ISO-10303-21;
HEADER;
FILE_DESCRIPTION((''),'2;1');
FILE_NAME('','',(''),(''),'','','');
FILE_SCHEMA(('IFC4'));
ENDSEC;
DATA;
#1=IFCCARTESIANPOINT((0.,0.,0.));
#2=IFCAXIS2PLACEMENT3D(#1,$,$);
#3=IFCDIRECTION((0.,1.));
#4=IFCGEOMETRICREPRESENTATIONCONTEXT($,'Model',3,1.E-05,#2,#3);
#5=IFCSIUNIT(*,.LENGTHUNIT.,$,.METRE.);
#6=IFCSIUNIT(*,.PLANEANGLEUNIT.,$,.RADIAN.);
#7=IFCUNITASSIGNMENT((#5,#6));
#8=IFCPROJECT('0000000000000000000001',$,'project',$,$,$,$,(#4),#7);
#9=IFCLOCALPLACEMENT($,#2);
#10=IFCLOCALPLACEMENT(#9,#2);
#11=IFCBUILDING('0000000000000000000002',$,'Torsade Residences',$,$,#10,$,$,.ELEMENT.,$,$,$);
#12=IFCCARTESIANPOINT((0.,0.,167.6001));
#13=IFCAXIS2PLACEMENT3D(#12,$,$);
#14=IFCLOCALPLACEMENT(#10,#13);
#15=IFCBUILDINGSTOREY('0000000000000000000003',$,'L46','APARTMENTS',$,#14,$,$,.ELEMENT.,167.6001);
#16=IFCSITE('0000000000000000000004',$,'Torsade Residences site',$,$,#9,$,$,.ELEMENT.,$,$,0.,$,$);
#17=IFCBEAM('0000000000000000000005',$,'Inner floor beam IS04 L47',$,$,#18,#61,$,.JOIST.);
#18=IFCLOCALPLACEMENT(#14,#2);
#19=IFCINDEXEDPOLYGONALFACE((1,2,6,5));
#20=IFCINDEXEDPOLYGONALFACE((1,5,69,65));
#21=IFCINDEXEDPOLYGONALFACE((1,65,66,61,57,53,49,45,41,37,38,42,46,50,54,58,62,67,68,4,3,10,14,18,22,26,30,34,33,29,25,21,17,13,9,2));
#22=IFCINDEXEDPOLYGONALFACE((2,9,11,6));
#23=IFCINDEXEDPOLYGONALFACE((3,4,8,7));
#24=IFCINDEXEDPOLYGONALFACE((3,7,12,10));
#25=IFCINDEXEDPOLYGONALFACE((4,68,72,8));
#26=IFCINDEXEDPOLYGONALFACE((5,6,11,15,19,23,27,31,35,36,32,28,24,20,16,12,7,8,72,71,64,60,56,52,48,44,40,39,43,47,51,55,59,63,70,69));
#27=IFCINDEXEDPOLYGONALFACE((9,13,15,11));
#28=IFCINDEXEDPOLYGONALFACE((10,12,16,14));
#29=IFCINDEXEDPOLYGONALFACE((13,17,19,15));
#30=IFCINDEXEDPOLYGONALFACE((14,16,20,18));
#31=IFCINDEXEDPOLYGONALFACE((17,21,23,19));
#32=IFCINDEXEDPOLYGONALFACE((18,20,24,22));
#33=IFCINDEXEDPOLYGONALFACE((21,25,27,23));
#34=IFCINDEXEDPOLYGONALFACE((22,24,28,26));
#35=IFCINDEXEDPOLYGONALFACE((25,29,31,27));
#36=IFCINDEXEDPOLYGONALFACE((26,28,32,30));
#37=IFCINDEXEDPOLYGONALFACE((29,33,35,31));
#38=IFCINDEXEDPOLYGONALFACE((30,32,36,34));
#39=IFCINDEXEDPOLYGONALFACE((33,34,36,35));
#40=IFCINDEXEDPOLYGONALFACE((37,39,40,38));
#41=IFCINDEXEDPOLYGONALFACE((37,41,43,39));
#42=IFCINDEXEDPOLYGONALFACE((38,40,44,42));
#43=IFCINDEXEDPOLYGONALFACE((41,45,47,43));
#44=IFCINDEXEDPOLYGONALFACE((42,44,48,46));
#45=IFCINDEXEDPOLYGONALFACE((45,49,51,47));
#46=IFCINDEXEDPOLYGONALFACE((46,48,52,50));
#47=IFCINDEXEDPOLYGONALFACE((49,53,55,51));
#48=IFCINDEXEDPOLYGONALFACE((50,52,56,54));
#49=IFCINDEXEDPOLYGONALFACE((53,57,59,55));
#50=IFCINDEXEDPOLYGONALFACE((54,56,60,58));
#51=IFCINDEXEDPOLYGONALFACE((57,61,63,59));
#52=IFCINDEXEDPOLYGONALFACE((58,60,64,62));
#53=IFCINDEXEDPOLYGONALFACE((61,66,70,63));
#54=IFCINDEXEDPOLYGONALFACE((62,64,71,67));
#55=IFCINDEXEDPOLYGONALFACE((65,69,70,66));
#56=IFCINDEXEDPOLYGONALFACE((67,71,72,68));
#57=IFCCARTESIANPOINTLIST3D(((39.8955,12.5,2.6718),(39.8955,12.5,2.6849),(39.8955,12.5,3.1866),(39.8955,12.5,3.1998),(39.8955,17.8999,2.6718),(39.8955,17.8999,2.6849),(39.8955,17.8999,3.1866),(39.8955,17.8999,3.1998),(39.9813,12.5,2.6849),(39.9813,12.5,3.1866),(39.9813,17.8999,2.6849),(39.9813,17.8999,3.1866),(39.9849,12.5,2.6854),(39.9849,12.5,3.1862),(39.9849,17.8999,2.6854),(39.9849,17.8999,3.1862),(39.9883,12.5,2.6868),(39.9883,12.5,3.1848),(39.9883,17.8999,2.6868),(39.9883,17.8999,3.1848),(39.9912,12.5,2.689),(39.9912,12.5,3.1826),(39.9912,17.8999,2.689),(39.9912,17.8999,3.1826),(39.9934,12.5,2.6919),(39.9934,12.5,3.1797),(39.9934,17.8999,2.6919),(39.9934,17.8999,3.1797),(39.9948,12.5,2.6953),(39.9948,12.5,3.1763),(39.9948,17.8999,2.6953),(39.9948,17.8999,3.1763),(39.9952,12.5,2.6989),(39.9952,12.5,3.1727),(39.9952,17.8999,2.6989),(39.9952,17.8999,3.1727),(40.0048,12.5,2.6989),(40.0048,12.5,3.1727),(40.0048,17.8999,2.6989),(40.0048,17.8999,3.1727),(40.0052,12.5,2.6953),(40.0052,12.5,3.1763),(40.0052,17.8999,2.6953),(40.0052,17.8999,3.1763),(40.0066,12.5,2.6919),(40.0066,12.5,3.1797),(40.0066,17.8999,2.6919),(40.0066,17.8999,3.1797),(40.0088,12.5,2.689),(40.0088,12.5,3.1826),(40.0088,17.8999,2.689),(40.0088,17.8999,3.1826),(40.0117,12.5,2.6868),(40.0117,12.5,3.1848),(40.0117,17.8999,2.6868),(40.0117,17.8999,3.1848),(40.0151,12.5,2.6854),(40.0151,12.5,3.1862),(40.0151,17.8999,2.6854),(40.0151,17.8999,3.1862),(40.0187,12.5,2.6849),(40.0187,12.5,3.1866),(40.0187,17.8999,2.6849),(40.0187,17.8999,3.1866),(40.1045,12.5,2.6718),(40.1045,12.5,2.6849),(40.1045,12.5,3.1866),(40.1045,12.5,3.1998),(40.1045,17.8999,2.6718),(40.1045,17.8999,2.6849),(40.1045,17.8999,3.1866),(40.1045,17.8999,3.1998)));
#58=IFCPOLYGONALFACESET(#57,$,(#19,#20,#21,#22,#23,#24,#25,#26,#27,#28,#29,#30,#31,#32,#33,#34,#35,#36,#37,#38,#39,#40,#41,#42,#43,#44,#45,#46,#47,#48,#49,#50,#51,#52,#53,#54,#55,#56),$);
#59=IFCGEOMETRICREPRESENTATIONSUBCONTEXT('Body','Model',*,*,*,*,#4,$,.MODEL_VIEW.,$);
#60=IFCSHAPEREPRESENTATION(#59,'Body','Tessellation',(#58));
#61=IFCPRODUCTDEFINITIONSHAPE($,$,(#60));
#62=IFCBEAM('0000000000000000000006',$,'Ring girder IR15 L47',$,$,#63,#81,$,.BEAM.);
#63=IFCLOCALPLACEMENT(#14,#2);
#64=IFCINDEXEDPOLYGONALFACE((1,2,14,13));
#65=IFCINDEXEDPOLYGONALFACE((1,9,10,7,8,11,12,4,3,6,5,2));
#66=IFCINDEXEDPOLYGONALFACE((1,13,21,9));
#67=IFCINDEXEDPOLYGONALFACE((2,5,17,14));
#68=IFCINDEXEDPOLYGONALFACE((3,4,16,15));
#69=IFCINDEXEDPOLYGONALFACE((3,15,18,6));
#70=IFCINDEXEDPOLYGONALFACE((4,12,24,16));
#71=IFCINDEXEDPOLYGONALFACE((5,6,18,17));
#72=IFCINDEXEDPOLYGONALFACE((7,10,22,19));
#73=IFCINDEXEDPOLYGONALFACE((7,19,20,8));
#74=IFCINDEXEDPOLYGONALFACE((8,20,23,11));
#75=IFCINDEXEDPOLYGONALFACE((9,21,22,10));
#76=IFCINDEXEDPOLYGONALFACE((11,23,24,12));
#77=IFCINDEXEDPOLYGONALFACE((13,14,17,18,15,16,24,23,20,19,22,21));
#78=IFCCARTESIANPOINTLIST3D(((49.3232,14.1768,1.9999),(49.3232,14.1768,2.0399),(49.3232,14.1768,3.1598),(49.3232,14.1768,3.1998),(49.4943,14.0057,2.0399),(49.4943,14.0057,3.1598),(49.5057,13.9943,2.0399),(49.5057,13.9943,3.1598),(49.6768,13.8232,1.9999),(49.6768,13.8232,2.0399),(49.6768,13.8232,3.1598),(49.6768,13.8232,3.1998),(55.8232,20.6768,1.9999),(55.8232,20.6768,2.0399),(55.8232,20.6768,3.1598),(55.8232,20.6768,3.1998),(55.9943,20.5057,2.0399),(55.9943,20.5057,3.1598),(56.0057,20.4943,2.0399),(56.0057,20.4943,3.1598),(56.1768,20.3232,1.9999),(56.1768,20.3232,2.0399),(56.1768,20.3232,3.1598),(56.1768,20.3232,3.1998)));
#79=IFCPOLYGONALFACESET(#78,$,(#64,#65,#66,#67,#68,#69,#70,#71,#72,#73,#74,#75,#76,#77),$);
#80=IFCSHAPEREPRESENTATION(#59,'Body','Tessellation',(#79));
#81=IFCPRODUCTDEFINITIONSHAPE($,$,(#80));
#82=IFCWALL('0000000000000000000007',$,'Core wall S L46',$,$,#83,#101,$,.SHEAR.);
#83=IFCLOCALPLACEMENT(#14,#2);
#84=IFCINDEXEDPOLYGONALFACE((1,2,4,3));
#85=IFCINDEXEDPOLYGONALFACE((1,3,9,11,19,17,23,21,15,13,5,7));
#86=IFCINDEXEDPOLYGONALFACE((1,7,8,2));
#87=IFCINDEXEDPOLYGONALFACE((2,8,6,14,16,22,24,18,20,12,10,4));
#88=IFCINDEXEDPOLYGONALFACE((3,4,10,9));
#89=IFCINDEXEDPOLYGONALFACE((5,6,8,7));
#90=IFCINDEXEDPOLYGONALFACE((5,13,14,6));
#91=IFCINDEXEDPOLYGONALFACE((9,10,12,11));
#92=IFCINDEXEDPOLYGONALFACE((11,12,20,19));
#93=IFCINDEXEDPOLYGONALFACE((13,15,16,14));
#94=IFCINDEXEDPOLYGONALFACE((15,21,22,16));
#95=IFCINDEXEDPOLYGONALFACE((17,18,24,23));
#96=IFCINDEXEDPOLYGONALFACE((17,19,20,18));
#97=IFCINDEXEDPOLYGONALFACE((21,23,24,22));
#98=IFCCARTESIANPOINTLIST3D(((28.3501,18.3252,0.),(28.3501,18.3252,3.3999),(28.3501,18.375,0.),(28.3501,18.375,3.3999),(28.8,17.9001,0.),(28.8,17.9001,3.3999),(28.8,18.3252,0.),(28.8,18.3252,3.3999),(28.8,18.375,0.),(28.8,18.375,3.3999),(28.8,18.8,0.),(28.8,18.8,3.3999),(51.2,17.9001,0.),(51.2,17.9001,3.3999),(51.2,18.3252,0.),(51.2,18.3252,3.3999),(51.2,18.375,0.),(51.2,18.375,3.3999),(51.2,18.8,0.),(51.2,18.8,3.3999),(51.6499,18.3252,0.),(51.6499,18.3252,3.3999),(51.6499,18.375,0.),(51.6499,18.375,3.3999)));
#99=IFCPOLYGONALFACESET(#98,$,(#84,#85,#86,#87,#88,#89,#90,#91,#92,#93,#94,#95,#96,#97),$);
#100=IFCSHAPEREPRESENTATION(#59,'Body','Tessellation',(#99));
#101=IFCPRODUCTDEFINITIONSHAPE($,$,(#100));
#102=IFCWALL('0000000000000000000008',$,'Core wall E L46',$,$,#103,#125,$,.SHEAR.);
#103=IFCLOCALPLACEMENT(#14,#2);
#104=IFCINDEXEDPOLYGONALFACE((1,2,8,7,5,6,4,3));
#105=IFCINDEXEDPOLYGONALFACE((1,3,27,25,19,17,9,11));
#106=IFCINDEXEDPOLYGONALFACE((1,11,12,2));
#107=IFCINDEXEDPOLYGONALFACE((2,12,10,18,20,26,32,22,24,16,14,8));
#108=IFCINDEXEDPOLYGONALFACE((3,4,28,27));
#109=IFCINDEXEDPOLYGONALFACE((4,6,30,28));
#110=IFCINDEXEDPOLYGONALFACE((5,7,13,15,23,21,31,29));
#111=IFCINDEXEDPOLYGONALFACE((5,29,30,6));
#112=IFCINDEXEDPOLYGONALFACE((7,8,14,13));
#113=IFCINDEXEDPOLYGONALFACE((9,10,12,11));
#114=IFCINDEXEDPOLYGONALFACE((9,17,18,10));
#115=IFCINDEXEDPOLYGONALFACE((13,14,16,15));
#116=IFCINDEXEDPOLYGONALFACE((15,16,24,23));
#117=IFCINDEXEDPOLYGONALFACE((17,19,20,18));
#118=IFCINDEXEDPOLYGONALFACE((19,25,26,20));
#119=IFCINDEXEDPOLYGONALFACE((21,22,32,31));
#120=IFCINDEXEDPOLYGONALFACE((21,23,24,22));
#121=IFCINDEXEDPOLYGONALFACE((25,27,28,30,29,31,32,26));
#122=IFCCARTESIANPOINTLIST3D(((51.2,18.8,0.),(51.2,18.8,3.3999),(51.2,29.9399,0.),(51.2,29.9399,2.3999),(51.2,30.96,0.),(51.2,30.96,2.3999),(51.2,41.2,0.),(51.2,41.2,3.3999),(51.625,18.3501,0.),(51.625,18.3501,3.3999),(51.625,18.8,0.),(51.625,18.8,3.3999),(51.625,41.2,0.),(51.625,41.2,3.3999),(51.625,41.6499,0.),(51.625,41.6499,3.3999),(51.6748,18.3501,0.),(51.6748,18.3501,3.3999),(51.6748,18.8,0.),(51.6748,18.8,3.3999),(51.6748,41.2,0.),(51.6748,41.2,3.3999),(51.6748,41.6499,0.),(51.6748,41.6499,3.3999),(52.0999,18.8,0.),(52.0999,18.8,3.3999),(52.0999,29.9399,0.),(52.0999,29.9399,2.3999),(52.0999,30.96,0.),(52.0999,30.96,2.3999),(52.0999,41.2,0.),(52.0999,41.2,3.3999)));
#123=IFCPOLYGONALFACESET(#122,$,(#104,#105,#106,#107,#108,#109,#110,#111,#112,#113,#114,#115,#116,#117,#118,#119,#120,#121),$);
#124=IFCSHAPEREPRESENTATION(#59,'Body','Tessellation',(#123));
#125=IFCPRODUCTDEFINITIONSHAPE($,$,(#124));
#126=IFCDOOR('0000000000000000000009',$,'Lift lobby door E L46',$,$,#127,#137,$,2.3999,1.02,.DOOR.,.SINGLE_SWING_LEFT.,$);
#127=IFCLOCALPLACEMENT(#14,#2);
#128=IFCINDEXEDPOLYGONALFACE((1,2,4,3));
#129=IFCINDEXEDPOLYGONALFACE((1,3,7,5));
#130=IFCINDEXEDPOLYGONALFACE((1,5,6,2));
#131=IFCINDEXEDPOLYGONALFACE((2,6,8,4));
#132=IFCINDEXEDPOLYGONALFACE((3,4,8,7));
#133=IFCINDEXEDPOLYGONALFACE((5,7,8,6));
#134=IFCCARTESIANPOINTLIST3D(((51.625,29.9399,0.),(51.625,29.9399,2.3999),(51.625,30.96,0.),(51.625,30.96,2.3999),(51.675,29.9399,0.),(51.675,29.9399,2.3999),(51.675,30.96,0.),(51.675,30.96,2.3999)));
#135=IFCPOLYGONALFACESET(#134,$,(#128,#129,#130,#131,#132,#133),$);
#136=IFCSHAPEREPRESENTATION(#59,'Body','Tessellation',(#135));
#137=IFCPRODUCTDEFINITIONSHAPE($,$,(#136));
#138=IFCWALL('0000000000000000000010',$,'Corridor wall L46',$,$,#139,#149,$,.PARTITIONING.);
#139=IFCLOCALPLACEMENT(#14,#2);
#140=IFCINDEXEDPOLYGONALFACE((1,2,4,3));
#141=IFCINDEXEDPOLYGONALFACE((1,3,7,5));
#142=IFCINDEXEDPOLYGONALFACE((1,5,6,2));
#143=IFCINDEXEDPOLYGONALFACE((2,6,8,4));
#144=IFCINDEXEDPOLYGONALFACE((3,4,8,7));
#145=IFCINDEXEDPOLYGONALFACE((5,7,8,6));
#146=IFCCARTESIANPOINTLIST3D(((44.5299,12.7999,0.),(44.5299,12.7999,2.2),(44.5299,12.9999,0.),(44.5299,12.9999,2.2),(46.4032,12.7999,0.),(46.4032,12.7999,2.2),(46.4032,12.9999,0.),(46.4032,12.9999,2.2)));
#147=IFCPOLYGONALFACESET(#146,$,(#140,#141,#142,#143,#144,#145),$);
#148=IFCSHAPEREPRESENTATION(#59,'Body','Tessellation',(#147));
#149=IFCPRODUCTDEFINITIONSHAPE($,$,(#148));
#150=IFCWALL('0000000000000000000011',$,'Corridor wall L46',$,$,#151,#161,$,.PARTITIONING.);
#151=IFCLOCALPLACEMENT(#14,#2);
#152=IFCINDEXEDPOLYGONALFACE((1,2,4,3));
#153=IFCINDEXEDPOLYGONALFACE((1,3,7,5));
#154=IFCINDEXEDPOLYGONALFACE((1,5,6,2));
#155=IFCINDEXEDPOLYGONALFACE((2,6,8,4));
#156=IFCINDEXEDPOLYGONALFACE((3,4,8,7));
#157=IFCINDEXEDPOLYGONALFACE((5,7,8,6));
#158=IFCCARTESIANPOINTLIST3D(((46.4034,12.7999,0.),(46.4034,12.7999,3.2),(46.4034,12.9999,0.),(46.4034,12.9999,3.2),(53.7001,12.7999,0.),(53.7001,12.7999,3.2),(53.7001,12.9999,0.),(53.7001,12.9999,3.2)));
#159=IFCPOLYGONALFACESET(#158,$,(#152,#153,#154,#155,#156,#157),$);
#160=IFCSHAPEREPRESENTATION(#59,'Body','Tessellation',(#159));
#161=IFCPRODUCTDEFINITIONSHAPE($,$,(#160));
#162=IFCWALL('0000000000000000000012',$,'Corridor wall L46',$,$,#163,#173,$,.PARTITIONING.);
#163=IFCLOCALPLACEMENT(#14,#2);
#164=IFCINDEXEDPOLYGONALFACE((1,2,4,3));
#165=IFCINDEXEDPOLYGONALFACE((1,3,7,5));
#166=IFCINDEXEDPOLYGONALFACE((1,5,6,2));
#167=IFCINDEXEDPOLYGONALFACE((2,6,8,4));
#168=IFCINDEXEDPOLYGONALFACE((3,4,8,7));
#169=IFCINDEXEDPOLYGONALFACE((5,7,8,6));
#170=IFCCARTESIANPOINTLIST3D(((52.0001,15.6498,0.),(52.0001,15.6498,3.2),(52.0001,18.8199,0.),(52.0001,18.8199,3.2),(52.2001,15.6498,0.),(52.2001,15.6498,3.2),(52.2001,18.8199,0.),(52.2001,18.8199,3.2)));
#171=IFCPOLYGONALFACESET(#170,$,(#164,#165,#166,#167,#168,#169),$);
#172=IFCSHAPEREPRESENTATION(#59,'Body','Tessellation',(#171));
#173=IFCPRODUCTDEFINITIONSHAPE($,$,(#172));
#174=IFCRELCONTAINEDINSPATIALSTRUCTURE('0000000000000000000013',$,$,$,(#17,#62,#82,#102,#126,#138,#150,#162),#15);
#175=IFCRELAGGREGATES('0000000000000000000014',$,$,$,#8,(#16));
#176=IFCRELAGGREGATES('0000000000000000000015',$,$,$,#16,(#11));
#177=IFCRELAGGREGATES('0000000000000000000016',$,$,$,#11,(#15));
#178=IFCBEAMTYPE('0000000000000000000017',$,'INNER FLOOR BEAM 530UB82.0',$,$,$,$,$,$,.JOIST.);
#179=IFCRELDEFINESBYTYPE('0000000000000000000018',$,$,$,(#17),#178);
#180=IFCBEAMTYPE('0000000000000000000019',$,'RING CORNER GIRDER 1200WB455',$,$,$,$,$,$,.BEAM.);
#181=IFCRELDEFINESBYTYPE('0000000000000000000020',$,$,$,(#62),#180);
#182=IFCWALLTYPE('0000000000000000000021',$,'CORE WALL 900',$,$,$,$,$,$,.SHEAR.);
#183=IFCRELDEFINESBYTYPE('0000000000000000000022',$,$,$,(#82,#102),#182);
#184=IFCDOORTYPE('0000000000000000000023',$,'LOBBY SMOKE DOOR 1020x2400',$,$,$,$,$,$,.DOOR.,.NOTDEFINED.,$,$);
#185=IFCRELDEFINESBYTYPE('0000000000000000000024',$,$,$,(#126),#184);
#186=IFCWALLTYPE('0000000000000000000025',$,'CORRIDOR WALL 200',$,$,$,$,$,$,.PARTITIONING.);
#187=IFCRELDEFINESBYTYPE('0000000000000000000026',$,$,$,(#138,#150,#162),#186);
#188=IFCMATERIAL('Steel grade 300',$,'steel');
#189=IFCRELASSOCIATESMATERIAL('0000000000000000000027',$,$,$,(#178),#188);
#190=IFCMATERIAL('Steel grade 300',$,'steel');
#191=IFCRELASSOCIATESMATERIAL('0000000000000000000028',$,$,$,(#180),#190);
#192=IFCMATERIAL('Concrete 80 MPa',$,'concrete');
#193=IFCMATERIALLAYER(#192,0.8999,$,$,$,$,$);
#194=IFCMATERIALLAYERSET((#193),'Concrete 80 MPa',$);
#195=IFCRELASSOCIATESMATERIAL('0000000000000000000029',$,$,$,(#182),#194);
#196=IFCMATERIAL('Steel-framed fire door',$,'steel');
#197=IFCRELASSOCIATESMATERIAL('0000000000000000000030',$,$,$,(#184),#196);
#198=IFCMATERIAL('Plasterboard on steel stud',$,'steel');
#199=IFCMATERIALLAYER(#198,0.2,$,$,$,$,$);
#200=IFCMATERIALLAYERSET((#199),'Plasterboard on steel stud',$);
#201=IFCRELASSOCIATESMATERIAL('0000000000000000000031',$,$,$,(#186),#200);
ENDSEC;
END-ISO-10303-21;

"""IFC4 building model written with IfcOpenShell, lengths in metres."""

from ifc_helpers import new_model, si_unit, direction, frame, frame_2d, origin, origin_2d, place, context, subcontext, project, spatial, polyline, rectangle, i_section, outline, extrude, material, layer, layer_set, material_profile, profile_set, type_object, element, fill, save


model = new_model("IFC4")

# Units and contexts
model_context = context("Model", 3, precision=1e-05, world=origin(), true_north=direction((0.0, 1.0)))
body_context = subcontext(model_context, "Body", "Model", "MODEL_VIEW")
ifc_project = project(units=[si_unit("LENGTHUNIT", "METRE"), si_unit("PLANEANGLEUNIT", "RADIAN")], contexts=[model_context])

# Site, building, storey
site_placement = place(None, origin())
site = spatial("IfcSite", under=ifc_project, at=site_placement, Name="Torsade Residences site", CompositionType="ELEMENT", RefElevation=0.0)
building_placement = place(site_placement, origin())
building = spatial("IfcBuilding", under=site, at=building_placement, Name="Torsade Residences", CompositionType="ELEMENT")
storey_placement = place(building_placement, frame((0.0, 0.0, 167.6001)))
storey = spatial("IfcBuildingStorey", under=building, at=storey_placement, Name="L46", Description="APARTMENTS", CompositionType="ELEMENT", Elevation=167.6001)

# Beams
ifc_material_1 = material(Name="Steel grade 300", Category="steel")
ifc_material_profile_1 = material_profile(ifc_material_1, i_section(OverallWidth=0.209, OverallDepth=0.5281, WebThickness=0.0095, FlangeThickness=0.0132, FilletRadius=0.0139, at=origin_2d()), Name="530UB82.0")
ifc_profile_set_1 = profile_set([ifc_material_profile_1], Name="Steel grade 300")
beam_type_1 = type_object("IfcBeamType", Name="INNER FLOOR BEAM 530UB82.0", PredefinedType="JOIST", material=ifc_profile_set_1)
for number, where, z_axis, x_axis, name in (
    (1, (40.0, 17.8999, 2.9358), (0.0, -1.0, 0.0), (1.0, 0.0, 0.0), "Inner floor beam IS04 L47"),
):
    element("IfcBeam", number, at=place(storey_placement, frame(where, z_axis=z_axis, x_axis=x_axis)), inside=storey, type_object=beam_type_1, Name=name, PredefinedType="JOIST", context=body_context, shape_type="SweptSolid", body=[
        extrude(i_section(OverallWidth=0.209, OverallDepth=0.5281, WebThickness=0.0095, FlangeThickness=0.0132, FilletRadius=0.0139, at=origin_2d()), origin(), (0.0, 0.0, 1.0), 5.3999),
    ])
ifc_material_2 = material(Name="Steel grade 300", Category="steel")
ifc_material_profile_2 = material_profile(ifc_material_2, i_section(OverallWidth=0.5, OverallDepth=1.2, WebThickness=0.0161, FlangeThickness=0.04, at=origin_2d()), Name="1200WB455")
ifc_profile_set_2 = profile_set([ifc_material_profile_2], Name="Steel grade 300")
beam_type_2 = type_object("IfcBeamType", Name="RING CORNER GIRDER 1200WB455", PredefinedType="BEAM", material=ifc_profile_set_2)
beam_1_placement = place(storey_placement, frame((49.5, 14.0, 2.5999), z_axis=(0.707107, 0.707107, 0.0), x_axis=(-0.707107, 0.707107, 0.0)))
element("IfcBeam", 2, at=beam_1_placement, inside=storey, type_object=beam_type_2, Name="Ring girder IR15 L47", PredefinedType="BEAM", context=body_context, shape_type="SweptSolid", body=[
    extrude(i_section(OverallWidth=0.5, OverallDepth=1.2, WebThickness=0.0161, FlangeThickness=0.04, at=origin_2d()), origin(), (0.0, 0.0, 1.0), 9.1924),
])

# Wall
ifc_material_3 = material(Name="Concrete 80 MPa", Category="concrete")
ifc_layer_1 = layer(ifc_material_3, 0.8999)
ifc_layer_set_1 = layer_set([ifc_layer_1], Name="Concrete 80 MPa")
wall_type_1 = type_object("IfcWallType", Name="CORE WALL 900", PredefinedType="SHEAR", material=ifc_layer_set_1)
wall_1_placement = place(storey_placement, frame((51.2, 18.3501, 0.0), z_axis=(0.0, 0.0, 1.0), x_axis=(-1.0, 0.0, 0.0)))
element("IfcWall", 3, at=wall_1_placement, inside=storey, type_object=wall_type_1, Name="Core wall S L46", PredefinedType="SHEAR", context=body_context, shape_type="SweptSolid", body=[
    extrude(outline(polyline([(0.0, -0.45), (22.3999, -0.45), (22.3999, -0.0249), (22.8499, -0.0249), (22.8499, 0.0249), (22.3999, 0.0249), (22.3999, 0.45), (0.0, 0.45), (0.0, 0.0249), (-0.45, 0.0249), (-0.45, -0.0249), (0.0, -0.0249), (0.0, -0.45)])), origin(), (0.0, 0.0, 1.0), 3.3999),
])

# Wall, opening, door
wall_2_placement = place(storey_placement, frame((51.6499, 18.8, 0.0), z_axis=(0.0, 0.0, 1.0), x_axis=(0.0, 1.0, 0.0)))
wall_2 = element("IfcWall", 4, at=wall_2_placement, inside=storey, type_object=wall_type_1, Name="Core wall E L46", PredefinedType="SHEAR", context=body_context, shape_type="SweptSolid", body=[
    extrude(outline(polyline([(0.0, -0.45), (22.3999, -0.45), (22.3999, -0.0249), (22.8499, -0.0249), (22.8499, 0.0249), (22.3999, 0.0249), (22.3999, 0.45), (0.0, 0.45), (0.0, 0.0249), (-0.45, 0.0249), (-0.45, -0.0249), (0.0, -0.0249), (0.0, -0.45)])), origin(), (0.0, 0.0, 1.0), 3.3999),
])
opening_1_placement = place(wall_2_placement, frame((11.1399, 0.0, 0.0)))
opening_1 = element("IfcOpeningElement", 5, at=opening_1_placement, cuts=wall_2, PredefinedType="OPENING", context=body_context, shape_type="SweptSolid", body=[
    extrude(rectangle(XDim=1.02, YDim=2.3999, at=frame_2d((0.51, 1.2))), frame((0.0, 0.46, 0.0), z_axis=(0.0, -1.0, 0.0), x_axis=(1.0, 0.0, 0.0)), (0.0, 0.0, 1.0), 0.9199),
])
ifc_material_4 = material(Name="Steel-framed fire door", Category="steel")
door_type_1 = type_object("IfcDoorType", Name="LOBBY SMOKE DOOR 1020x2400", OperationType="NOTDEFINED", PredefinedType="DOOR", material=ifc_material_4)
door_1_placement = place(opening_1_placement, origin())
door_1 = element("IfcDoor", 6, at=door_1_placement, inside=storey, type_object=door_type_1, Name="Lift lobby door E L46", OperationType="SINGLE_SWING_LEFT", OverallHeight=2.3999, OverallWidth=1.02, PredefinedType="DOOR", context=body_context, shape_type="SweptSolid", body=[
    extrude(rectangle(XDim=1.02, YDim=2.3999, at=frame_2d((0.51, 1.2))), frame((0.0, 0.0249, 0.0), z_axis=(0.0, -1.0, 0.0), x_axis=(1.0, 0.0, 0.0)), (0.0, 0.0, 1.0), 0.05),
])
fill(opening_1, door_1)

# Walls
ifc_material_5 = material(Name="Plasterboard on steel stud", Category="steel")
ifc_layer_2 = layer(ifc_material_5, 0.2)
ifc_layer_set_2 = layer_set([ifc_layer_2], Name="Plasterboard on steel stud")
wall_type_2 = type_object("IfcWallType", Name="CORRIDOR WALL 200", PredefinedType="PARTITIONING", material=ifc_layer_set_2)
wall_3_placement = place(storey_placement, frame((44.53, 12.8999, 0.0), z_axis=(0.0, 0.0, 1.0), x_axis=(1.0, 0.0, 0.0)))
element("IfcWall", 7, at=wall_3_placement, inside=storey, type_object=wall_type_2, Name="Corridor wall L46", PredefinedType="PARTITIONING", context=body_context, shape_type="SweptSolid", body=[
    extrude(rectangle(XDim=1.8733, YDim=0.2, at=frame_2d((0.9365, 0.0))), origin(), (0.0, 0.0, 1.0), 2.2),
])
wall_4_placement = place(storey_placement, frame((46.4033, 12.8999, 0.0), z_axis=(0.0, 0.0, 1.0), x_axis=(1.0, 0.0, 0.0)))
element("IfcWall", 8, at=wall_4_placement, inside=storey, type_object=wall_type_2, Name="Corridor wall L46", PredefinedType="PARTITIONING", context=body_context, shape_type="SweptSolid", body=[
    extrude(rectangle(XDim=7.2966, YDim=0.2, at=frame_2d((3.6484, 0.0))), origin(), (0.0, 0.0, 1.0), 3.2),
])
wall_5_placement = place(storey_placement, frame((52.1001, 15.6499, 0.0), z_axis=(0.0, 0.0, 1.0), x_axis=(0.0, 1.0, 0.0)))
element("IfcWall", 9, at=wall_5_placement, inside=storey, type_object=wall_type_2, Name="Corridor wall L46", PredefinedType="PARTITIONING", context=body_context, shape_type="SweptSolid", body=[
    extrude(rectangle(XDim=3.1702, YDim=0.2, at=frame_2d((1.585, 0.0))), origin(), (0.0, 0.0, 1.0), 3.2),
])

save(model, "model.ifc")
